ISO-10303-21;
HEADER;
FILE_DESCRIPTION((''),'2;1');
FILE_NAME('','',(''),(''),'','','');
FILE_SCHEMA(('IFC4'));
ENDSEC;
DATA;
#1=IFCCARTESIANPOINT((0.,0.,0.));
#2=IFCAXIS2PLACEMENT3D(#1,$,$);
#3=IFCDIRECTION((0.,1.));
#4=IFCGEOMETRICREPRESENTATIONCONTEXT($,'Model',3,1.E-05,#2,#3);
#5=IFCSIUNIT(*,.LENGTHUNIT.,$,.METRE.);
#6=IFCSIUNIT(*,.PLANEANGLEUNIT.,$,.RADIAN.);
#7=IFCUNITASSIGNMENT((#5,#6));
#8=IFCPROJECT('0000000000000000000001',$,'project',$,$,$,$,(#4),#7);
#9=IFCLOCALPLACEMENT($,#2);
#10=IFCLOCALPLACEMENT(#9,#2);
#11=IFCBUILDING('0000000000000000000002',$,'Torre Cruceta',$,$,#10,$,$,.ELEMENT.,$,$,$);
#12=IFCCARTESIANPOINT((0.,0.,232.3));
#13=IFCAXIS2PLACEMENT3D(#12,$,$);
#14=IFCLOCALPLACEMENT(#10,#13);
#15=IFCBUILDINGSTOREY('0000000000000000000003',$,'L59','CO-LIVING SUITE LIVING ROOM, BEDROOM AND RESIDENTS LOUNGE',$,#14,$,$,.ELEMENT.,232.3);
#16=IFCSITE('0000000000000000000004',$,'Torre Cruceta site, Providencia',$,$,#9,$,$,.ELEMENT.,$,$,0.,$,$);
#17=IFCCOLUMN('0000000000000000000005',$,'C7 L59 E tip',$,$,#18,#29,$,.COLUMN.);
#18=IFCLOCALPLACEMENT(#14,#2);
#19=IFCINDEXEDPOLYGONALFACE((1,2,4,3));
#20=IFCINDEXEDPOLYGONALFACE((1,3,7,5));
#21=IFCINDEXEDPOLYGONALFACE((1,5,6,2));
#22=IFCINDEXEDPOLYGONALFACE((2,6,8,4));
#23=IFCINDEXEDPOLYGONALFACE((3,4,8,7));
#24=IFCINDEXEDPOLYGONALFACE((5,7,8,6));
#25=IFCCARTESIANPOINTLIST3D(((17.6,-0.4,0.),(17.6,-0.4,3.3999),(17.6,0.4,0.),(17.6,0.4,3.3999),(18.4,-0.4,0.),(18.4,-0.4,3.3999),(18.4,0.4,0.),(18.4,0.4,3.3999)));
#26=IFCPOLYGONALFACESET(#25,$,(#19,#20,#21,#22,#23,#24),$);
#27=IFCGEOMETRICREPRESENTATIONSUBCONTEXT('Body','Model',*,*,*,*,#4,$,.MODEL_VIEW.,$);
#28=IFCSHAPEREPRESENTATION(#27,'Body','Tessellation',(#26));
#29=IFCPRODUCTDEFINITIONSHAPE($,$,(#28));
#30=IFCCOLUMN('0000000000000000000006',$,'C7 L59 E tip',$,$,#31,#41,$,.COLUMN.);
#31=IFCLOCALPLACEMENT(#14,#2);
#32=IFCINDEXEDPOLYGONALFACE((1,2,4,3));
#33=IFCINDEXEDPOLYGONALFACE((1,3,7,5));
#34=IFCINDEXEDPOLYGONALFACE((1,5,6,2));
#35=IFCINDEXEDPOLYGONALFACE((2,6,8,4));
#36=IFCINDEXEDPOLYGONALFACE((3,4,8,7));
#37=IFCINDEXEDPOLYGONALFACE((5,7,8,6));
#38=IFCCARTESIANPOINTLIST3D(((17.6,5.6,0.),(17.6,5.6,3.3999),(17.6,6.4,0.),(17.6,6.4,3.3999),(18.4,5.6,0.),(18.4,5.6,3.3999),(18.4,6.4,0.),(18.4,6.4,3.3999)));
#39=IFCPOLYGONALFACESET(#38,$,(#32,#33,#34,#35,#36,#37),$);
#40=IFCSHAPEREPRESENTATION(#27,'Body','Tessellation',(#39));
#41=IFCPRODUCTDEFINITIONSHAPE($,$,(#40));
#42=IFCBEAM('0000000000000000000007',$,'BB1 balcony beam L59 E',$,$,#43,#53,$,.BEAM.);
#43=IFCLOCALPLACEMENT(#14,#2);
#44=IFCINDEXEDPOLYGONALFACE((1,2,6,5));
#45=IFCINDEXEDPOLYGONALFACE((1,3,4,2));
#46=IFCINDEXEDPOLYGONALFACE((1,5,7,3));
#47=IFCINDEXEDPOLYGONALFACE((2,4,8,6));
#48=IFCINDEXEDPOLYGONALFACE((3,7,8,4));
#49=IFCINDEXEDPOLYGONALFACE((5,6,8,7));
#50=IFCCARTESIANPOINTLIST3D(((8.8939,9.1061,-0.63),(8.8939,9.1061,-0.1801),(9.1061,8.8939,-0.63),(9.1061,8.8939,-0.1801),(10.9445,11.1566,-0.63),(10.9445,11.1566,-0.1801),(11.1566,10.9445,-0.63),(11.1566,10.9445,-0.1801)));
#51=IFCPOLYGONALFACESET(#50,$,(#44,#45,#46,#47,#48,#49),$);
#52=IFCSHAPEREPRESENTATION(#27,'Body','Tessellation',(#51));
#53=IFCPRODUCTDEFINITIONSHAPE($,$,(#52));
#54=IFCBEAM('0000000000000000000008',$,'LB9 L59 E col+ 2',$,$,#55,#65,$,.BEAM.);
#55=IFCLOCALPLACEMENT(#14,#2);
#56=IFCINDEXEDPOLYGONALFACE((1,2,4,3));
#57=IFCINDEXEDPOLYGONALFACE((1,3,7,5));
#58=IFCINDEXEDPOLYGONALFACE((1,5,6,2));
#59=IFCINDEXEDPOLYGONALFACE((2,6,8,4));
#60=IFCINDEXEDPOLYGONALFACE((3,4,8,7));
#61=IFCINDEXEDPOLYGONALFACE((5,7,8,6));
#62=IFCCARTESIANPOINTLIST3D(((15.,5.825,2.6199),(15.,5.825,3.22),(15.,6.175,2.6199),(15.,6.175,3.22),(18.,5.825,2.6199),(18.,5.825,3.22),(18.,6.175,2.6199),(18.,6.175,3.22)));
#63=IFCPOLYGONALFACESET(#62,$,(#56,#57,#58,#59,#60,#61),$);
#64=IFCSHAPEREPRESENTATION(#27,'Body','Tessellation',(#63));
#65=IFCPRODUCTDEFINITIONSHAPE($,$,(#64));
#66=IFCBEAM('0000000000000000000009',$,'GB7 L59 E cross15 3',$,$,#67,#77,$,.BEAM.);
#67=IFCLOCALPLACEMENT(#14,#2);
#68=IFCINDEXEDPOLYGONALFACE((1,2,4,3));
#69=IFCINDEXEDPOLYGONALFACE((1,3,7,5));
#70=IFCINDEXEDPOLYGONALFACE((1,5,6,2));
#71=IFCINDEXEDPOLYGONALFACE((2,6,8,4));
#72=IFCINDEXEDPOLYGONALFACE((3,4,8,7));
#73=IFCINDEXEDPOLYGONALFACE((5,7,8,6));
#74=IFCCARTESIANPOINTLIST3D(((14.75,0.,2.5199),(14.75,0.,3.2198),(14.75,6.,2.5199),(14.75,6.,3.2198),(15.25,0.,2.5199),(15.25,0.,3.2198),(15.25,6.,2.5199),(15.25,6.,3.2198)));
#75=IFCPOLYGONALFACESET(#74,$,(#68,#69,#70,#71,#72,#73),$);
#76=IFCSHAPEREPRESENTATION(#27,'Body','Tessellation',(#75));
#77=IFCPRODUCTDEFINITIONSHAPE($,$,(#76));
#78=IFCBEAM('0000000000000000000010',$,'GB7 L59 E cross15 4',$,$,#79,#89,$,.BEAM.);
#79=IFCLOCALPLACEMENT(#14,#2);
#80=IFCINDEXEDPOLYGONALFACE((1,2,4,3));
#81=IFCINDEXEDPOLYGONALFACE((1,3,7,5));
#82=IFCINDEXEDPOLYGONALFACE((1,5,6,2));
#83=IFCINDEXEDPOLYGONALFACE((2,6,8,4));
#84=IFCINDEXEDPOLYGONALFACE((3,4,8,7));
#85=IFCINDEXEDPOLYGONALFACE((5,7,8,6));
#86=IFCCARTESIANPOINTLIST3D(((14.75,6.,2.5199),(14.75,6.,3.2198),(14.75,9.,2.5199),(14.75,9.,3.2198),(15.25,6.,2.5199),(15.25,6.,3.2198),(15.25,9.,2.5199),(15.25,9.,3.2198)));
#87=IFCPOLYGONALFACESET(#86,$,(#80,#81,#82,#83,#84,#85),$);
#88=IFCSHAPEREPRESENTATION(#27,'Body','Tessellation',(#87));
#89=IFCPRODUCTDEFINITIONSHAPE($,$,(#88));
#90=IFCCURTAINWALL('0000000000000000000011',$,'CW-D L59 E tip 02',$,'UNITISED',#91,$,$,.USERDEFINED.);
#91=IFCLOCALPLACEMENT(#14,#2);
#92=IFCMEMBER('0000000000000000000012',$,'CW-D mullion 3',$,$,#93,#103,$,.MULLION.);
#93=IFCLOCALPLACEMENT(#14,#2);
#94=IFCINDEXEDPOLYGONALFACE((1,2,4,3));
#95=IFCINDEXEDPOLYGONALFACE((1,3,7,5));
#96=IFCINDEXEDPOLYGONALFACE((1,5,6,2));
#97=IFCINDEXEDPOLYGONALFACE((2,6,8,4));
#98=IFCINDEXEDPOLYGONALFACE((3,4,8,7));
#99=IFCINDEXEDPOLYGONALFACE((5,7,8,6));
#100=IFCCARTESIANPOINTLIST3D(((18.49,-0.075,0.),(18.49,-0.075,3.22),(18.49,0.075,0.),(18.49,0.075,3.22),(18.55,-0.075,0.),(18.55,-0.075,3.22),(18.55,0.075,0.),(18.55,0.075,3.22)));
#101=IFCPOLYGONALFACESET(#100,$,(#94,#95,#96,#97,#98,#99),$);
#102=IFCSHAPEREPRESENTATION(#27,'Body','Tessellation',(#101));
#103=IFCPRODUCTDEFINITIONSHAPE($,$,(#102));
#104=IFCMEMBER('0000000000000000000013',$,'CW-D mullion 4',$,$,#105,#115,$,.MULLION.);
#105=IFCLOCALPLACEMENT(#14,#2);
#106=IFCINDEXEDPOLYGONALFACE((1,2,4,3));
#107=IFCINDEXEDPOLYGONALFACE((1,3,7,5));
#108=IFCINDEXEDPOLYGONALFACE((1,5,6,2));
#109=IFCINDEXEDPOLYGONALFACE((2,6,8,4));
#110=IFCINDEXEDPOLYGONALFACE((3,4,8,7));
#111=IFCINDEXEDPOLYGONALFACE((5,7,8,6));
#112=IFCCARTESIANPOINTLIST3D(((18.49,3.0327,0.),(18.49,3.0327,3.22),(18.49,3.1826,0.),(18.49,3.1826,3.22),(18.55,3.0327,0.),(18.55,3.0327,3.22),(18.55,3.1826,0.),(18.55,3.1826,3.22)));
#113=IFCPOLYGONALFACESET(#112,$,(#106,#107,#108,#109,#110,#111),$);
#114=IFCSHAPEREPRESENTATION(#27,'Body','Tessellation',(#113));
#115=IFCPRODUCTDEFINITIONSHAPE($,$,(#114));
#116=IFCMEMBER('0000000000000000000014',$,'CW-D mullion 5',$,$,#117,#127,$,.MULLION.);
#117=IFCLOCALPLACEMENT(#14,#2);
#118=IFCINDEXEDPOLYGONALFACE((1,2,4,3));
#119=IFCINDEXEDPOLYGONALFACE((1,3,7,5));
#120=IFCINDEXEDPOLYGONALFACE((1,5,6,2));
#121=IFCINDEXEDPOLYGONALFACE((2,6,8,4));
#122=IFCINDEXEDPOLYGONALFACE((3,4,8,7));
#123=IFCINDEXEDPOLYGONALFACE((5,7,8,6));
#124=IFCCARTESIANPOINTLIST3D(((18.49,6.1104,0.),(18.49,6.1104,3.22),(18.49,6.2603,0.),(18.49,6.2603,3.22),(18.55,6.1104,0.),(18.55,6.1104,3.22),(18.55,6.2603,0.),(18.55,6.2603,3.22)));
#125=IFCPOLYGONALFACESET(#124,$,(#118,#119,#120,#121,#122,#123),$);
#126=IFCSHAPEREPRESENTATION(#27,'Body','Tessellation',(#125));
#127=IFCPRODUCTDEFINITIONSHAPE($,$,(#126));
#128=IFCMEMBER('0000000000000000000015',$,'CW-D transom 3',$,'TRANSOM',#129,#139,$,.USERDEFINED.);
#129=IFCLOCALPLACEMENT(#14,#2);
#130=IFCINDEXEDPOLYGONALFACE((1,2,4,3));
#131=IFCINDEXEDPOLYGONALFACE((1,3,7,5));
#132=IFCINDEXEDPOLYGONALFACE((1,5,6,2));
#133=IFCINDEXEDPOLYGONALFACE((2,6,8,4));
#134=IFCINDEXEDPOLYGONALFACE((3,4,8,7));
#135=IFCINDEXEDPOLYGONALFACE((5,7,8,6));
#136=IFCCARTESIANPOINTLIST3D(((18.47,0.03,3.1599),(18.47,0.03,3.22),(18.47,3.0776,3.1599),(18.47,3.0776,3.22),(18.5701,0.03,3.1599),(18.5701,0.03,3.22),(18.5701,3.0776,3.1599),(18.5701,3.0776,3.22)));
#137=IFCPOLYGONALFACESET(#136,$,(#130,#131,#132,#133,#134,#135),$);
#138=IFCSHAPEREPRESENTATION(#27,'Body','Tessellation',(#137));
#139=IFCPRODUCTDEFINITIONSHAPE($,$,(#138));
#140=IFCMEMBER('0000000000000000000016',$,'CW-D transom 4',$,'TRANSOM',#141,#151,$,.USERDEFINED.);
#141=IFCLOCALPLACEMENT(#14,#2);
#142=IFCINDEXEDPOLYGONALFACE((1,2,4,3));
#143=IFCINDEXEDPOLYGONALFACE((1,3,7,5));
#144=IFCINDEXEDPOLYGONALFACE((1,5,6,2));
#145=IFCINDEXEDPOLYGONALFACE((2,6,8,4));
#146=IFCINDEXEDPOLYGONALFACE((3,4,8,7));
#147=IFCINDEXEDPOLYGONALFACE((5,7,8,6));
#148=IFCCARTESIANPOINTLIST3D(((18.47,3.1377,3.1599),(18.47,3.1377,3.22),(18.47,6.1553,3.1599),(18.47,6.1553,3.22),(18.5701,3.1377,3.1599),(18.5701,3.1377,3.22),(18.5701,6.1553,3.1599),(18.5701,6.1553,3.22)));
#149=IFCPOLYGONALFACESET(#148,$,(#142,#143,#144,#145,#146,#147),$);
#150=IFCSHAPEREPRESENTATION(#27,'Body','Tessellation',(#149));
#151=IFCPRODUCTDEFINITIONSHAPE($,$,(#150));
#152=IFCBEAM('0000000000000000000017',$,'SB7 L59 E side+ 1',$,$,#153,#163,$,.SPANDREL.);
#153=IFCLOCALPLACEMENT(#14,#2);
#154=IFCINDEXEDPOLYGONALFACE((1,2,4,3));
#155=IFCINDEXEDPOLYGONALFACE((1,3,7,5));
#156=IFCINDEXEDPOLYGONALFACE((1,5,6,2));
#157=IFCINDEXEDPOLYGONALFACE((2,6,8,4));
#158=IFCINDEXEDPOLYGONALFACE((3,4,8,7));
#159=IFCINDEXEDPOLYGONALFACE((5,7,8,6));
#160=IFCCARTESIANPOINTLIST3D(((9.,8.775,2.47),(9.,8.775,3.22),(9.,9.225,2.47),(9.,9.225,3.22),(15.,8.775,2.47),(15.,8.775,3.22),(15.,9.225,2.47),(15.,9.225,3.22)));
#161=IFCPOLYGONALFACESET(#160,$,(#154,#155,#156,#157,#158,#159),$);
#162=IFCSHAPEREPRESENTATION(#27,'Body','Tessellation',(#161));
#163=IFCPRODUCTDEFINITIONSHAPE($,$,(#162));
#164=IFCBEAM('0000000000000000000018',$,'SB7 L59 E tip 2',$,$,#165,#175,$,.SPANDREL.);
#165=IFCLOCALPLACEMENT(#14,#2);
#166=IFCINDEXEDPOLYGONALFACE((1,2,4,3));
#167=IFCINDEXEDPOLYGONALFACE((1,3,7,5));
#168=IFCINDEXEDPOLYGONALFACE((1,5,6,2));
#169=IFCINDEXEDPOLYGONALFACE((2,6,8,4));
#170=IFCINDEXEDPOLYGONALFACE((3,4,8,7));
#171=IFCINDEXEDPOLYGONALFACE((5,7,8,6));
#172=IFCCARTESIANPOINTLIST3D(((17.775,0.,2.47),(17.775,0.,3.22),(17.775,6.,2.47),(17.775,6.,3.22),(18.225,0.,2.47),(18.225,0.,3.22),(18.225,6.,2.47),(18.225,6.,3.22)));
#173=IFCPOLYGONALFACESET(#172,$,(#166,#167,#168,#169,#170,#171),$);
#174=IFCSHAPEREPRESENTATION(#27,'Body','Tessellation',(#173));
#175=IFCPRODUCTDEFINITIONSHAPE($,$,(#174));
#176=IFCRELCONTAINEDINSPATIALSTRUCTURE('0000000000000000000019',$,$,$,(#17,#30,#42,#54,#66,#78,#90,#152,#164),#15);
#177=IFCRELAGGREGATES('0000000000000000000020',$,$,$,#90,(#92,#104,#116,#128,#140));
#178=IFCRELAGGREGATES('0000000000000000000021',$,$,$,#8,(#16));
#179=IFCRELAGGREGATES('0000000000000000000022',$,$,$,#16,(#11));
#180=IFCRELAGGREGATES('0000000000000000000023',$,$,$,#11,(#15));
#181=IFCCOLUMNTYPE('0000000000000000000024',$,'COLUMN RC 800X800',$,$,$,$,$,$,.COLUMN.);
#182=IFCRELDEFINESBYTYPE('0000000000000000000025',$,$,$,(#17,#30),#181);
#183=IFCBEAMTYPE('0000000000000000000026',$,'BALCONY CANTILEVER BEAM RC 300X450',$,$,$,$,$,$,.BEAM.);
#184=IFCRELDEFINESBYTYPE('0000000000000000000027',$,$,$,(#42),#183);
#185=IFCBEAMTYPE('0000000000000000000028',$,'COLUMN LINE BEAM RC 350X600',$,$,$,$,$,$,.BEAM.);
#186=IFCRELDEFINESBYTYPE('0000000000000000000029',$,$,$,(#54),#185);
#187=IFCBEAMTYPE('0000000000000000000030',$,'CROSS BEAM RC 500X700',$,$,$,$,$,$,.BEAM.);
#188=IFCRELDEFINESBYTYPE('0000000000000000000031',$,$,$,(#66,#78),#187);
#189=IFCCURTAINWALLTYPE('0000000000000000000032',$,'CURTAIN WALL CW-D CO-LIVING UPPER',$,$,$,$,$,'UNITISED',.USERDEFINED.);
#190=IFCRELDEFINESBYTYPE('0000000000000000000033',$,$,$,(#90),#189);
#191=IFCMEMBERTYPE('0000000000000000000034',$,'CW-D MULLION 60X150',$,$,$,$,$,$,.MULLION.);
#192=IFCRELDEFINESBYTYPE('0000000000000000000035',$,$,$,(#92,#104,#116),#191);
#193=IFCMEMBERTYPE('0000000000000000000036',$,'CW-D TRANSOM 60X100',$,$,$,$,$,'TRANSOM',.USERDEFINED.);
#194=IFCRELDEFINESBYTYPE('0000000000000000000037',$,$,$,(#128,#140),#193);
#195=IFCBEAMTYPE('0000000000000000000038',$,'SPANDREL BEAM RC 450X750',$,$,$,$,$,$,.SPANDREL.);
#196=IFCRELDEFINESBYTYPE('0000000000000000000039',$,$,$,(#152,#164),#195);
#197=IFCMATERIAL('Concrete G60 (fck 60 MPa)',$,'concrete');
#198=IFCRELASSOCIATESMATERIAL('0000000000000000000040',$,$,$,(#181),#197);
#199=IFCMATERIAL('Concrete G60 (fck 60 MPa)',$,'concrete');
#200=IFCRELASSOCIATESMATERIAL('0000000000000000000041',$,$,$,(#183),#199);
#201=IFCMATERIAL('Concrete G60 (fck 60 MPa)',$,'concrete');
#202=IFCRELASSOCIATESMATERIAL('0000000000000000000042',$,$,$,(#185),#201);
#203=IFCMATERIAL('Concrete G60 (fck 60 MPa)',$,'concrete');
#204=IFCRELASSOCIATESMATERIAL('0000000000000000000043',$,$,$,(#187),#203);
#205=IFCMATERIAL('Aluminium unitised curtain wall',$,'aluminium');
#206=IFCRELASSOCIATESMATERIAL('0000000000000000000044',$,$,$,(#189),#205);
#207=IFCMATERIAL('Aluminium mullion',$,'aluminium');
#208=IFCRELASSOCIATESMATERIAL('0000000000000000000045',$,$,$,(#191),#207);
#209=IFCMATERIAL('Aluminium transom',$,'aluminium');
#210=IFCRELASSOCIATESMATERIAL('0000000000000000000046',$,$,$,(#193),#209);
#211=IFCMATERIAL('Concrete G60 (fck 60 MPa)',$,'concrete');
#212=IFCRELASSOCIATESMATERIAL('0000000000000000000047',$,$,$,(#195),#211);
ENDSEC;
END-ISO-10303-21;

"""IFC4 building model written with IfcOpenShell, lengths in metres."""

from ifc_helpers import new_model, si_unit, direction, frame, origin, origin_2d, place, context, subcontext, project, spatial, rectangle, extrude, material, material_profile, profile_set, type_object, element, aggregate, save


model = new_model("IFC4")

# Units and contexts
model_context = context("Model", 3, precision=1e-05, world=origin(), true_north=direction((0.0, 1.0)))
body_context = subcontext(model_context, "Body", "Model", "MODEL_VIEW")
ifc_project = project(units=[si_unit("LENGTHUNIT", "METRE"), si_unit("PLANEANGLEUNIT", "RADIAN")], contexts=[model_context])

# Site, building, storey
site_placement = place(None, origin())
site = spatial("IfcSite", under=ifc_project, at=site_placement, Name="Torre Cruceta site, Providencia", CompositionType="ELEMENT", RefElevation=0.0)
building_placement = place(site_placement, origin())
building = spatial("IfcBuilding", under=site, at=building_placement, Name="Torre Cruceta", CompositionType="ELEMENT")
storey_placement = place(building_placement, frame((0.0, 0.0, 232.3)))
storey = spatial("IfcBuildingStorey", under=building, at=storey_placement, Name="L59", Description="CO-LIVING SUITE LIVING ROOM, BEDROOM AND RESIDENTS LOUNGE", CompositionType="ELEMENT", Elevation=232.3)

# Columns
ifc_material_1 = material(Name="Concrete G60 (fck 60 MPa)", Category="concrete")
ifc_material_profile_1 = material_profile(ifc_material_1, rectangle(XDim=0.8, YDim=0.8, at=origin_2d()), Name="RC 800X800")
ifc_profile_set_1 = profile_set([ifc_material_profile_1], Name="Concrete G60 (fck 60 MPa)")
column_type = type_object("IfcColumnType", Name="COLUMN RC 800X800", PredefinedType="COLUMN", material=ifc_profile_set_1)
for number, where, z_axis, x_axis, name in (
    (1, (18.0, 0.0, 0.0), (0.0, 0.0, 1.0), (1.0, 0.0, 0.0), "C7 L59 E tip"),
    (2, (18.0, 6.0, 0.0), (0.0, 0.0, 1.0), (1.0, 0.0, 0.0), "C7 L59 E tip"),
):
    element("IfcColumn", number, at=place(storey_placement, frame(where, z_axis=z_axis, x_axis=x_axis)), inside=storey, type_object=column_type, Name=name, PredefinedType="COLUMN", context=body_context, shape_type="SweptSolid", body=[
        extrude(rectangle(XDim=0.8, YDim=0.8, at=origin_2d()), origin(), (0.0, 0.0, 1.0), 3.3999),
    ])

# Beams
ifc_material_2 = material(Name="Concrete G60 (fck 60 MPa)", Category="concrete")
ifc_material_profile_2 = material_profile(ifc_material_2, rectangle(XDim=0.3, YDim=0.45, at=origin_2d()), Name="RC 300X450")
ifc_profile_set_2 = profile_set([ifc_material_profile_2], Name="Concrete G60 (fck 60 MPa)")
beam_type_1 = type_object("IfcBeamType", Name="BALCONY CANTILEVER BEAM RC 300X450", PredefinedType="BEAM", material=ifc_profile_set_2)
beam_1_placement = place(storey_placement, frame((9.0, 9.0, -0.405), z_axis=(0.707107, 0.707107, 0.0), x_axis=(-0.707107, 0.707107, 0.0)))
element("IfcBeam", 3, at=beam_1_placement, inside=storey, type_object=beam_type_1, Name="BB1 balcony beam L59 E", PredefinedType="BEAM", context=body_context, shape_type="SweptSolid", body=[
    extrude(rectangle(XDim=0.3, YDim=0.45, at=origin_2d()), origin(), (0.0, 0.0, 1.0), 2.8999),
])
ifc_material_3 = material(Name="Concrete G60 (fck 60 MPa)", Category="concrete")
ifc_material_profile_3 = material_profile(ifc_material_3, rectangle(XDim=0.3501, YDim=0.6001, at=origin_2d()), Name="RC 350X600")
ifc_profile_set_3 = profile_set([ifc_material_profile_3], Name="Concrete G60 (fck 60 MPa)")
beam_type_2 = type_object("IfcBeamType", Name="COLUMN LINE BEAM RC 350X600", PredefinedType="BEAM", material=ifc_profile_set_3)
beam_2_placement = place(storey_placement, frame((15.0, 6.0, 2.9199), z_axis=(1.0, 0.0, 0.0), x_axis=(0.0, 1.0, 0.0)))
element("IfcBeam", 4, at=beam_2_placement, inside=storey, type_object=beam_type_2, Name="LB9 L59 E col+ 2", PredefinedType="BEAM", context=body_context, shape_type="SweptSolid", body=[
    extrude(rectangle(XDim=0.3501, YDim=0.6001, at=origin_2d()), origin(), (0.0, 0.0, 1.0), 3.0),
])
ifc_material_4 = material(Name="Concrete G60 (fck 60 MPa)", Category="concrete")
ifc_material_profile_4 = material_profile(ifc_material_4, rectangle(XDim=0.5, YDim=0.7, at=origin_2d()), Name="RC 500X700")
ifc_profile_set_4 = profile_set([ifc_material_profile_4], Name="Concrete G60 (fck 60 MPa)")
beam_type_3 = type_object("IfcBeamType", Name="CROSS BEAM RC 500X700", PredefinedType="BEAM", material=ifc_profile_set_4)
beam_3_placement = place(storey_placement, frame((15.0, 0.0, 2.8699), z_axis=(0.0, 1.0, 0.0), x_axis=(-1.0, 0.0, 0.0)))
element("IfcBeam", 5, at=beam_3_placement, inside=storey, type_object=beam_type_3, Name="GB7 L59 E cross15 3", PredefinedType="BEAM", context=body_context, shape_type="SweptSolid", body=[
    extrude(rectangle(XDim=0.5, YDim=0.7, at=origin_2d()), origin(), (0.0, 0.0, 1.0), 6.0),
])
beam_4_placement = place(storey_placement, frame((15.0, 6.0, 2.8699), z_axis=(0.0, 1.0, 0.0), x_axis=(-1.0, 0.0, 0.0)))
element("IfcBeam", 6, at=beam_4_placement, inside=storey, type_object=beam_type_3, Name="GB7 L59 E cross15 4", PredefinedType="BEAM", context=body_context, shape_type="SweptSolid", body=[
    extrude(rectangle(XDim=0.5, YDim=0.7, at=origin_2d()), origin(), (0.0, 0.0, 1.0), 3.0),
])

# Curtain wall, members
ifc_material_5 = material(Name="Aluminium unitised curtain wall", Category="aluminium")
curtain_wall_type = type_object("IfcCurtainWallType", Name="CURTAIN WALL CW-D CO-LIVING UPPER", ElementType="UNITISED", PredefinedType="USERDEFINED", material=ifc_material_5)
curtain_wall_placement = place(storey_placement, origin())
curtain_wall = element("IfcCurtainWall", 7, at=curtain_wall_placement, inside=storey, type_object=curtain_wall_type, Name="CW-D L59 E tip 02", ObjectType="UNITISED", PredefinedType="USERDEFINED")
ifc_material_6 = material(Name="Aluminium mullion", Category="aluminium")
ifc_material_profile_5 = material_profile(ifc_material_6, rectangle(XDim=0.0601, YDim=0.1499, at=origin_2d()), Name="AL 60X150")
ifc_profile_set_5 = profile_set([ifc_material_profile_5], Name="Aluminium mullion")
member_type_1 = type_object("IfcMemberType", Name="CW-D MULLION 60X150", PredefinedType="MULLION", material=ifc_profile_set_5)
member_1_placement = place(storey_placement, frame((18.52, 0.0, 0.0), z_axis=(0.0, 0.0, 1.0), x_axis=(-1.0, 0.0, 0.0)))
member_1 = element("IfcMember", 8, at=member_1_placement, type_object=member_type_1, Name="CW-D mullion 3", PredefinedType="MULLION", context=body_context, shape_type="SweptSolid", body=[
    extrude(rectangle(XDim=0.0601, YDim=0.1499, at=origin_2d()), origin(), (0.0, 0.0, 1.0), 3.22),
])
member_2_placement = place(storey_placement, frame((18.52, 3.1077, 0.0), z_axis=(0.0, 0.0, 1.0), x_axis=(-1.0, 0.0, 0.0)))
member_2 = element("IfcMember", 9, at=member_2_placement, type_object=member_type_1, Name="CW-D mullion 4", PredefinedType="MULLION", context=body_context, shape_type="SweptSolid", body=[
    extrude(rectangle(XDim=0.0601, YDim=0.1499, at=origin_2d()), origin(), (0.0, 0.0, 1.0), 3.22),
])
member_3_placement = place(storey_placement, frame((18.52, 6.1853, 0.0), z_axis=(0.0, 0.0, 1.0), x_axis=(-1.0, 0.0, 0.0)))
member_3 = element("IfcMember", 10, at=member_3_placement, type_object=member_type_1, Name="CW-D mullion 5", PredefinedType="MULLION", context=body_context, shape_type="SweptSolid", body=[
    extrude(rectangle(XDim=0.0601, YDim=0.1499, at=origin_2d()), origin(), (0.0, 0.0, 1.0), 3.22),
])
ifc_material_7 = material(Name="Aluminium transom", Category="aluminium")
ifc_material_profile_6 = material_profile(ifc_material_7, rectangle(XDim=0.1001, YDim=0.0601, at=origin_2d()), Name="AL 100X60")
ifc_profile_set_6 = profile_set([ifc_material_profile_6], Name="Aluminium transom")
member_type_2 = type_object("IfcMemberType", Name="CW-D TRANSOM 60X100", ElementType="TRANSOM", PredefinedType="USERDEFINED", material=ifc_profile_set_6)
member_4_placement = place(storey_placement, frame((18.52, 0.03, 3.1899), z_axis=(0.0, 1.0, 0.0), x_axis=(-1.0, 0.0, 0.0)))
member_4 = element("IfcMember", 11, at=member_4_placement, type_object=member_type_2, Name="CW-D transom 3", ObjectType="TRANSOM", PredefinedType="USERDEFINED", context=body_context, shape_type="SweptSolid", body=[
    extrude(rectangle(XDim=0.1001, YDim=0.0601, at=origin_2d()), origin(), (0.0, 0.0, 1.0), 3.0476),
])
member_5_placement = place(storey_placement, frame((18.52, 3.1377, 3.1899), z_axis=(0.0, 1.0, 0.0), x_axis=(-1.0, 0.0, 0.0)))
member_5 = element("IfcMember", 12, at=member_5_placement, type_object=member_type_2, Name="CW-D transom 4", ObjectType="TRANSOM", PredefinedType="USERDEFINED", context=body_context, shape_type="SweptSolid", body=[
    extrude(rectangle(XDim=0.1001, YDim=0.0601, at=origin_2d()), origin(), (0.0, 0.0, 1.0), 3.0176),
])

# Beams
ifc_material_8 = material(Name="Concrete G60 (fck 60 MPa)", Category="concrete")
ifc_material_profile_7 = material_profile(ifc_material_8, rectangle(XDim=0.45, YDim=0.75, at=origin_2d()), Name="RC 450X750")
ifc_profile_set_7 = profile_set([ifc_material_profile_7], Name="Concrete G60 (fck 60 MPa)")
beam_type_4 = type_object("IfcBeamType", Name="SPANDREL BEAM RC 450X750", PredefinedType="SPANDREL", material=ifc_profile_set_7)
for number, where, z_axis, x_axis, name in (
    (13, (9.0, 9.0, 2.845), (1.0, 0.0, 0.0), (0.0, 1.0, 0.0), "SB7 L59 E side+ 1"),
    (14, (18.0, 0.0, 2.845), (0.0, 1.0, 0.0), (-1.0, 0.0, 0.0), "SB7 L59 E tip 2"),
):
    element("IfcBeam", number, at=place(storey_placement, frame(where, z_axis=z_axis, x_axis=x_axis)), inside=storey, type_object=beam_type_4, Name=name, PredefinedType="SPANDREL", context=body_context, shape_type="SweptSolid", body=[
        extrude(rectangle(XDim=0.45, YDim=0.75, at=origin_2d()), origin(), (0.0, 0.0, 1.0), 6.0),
    ])

aggregate(curtain_wall, [member_1, member_2, member_3, member_4, member_5])

save(model, "model.ifc")
